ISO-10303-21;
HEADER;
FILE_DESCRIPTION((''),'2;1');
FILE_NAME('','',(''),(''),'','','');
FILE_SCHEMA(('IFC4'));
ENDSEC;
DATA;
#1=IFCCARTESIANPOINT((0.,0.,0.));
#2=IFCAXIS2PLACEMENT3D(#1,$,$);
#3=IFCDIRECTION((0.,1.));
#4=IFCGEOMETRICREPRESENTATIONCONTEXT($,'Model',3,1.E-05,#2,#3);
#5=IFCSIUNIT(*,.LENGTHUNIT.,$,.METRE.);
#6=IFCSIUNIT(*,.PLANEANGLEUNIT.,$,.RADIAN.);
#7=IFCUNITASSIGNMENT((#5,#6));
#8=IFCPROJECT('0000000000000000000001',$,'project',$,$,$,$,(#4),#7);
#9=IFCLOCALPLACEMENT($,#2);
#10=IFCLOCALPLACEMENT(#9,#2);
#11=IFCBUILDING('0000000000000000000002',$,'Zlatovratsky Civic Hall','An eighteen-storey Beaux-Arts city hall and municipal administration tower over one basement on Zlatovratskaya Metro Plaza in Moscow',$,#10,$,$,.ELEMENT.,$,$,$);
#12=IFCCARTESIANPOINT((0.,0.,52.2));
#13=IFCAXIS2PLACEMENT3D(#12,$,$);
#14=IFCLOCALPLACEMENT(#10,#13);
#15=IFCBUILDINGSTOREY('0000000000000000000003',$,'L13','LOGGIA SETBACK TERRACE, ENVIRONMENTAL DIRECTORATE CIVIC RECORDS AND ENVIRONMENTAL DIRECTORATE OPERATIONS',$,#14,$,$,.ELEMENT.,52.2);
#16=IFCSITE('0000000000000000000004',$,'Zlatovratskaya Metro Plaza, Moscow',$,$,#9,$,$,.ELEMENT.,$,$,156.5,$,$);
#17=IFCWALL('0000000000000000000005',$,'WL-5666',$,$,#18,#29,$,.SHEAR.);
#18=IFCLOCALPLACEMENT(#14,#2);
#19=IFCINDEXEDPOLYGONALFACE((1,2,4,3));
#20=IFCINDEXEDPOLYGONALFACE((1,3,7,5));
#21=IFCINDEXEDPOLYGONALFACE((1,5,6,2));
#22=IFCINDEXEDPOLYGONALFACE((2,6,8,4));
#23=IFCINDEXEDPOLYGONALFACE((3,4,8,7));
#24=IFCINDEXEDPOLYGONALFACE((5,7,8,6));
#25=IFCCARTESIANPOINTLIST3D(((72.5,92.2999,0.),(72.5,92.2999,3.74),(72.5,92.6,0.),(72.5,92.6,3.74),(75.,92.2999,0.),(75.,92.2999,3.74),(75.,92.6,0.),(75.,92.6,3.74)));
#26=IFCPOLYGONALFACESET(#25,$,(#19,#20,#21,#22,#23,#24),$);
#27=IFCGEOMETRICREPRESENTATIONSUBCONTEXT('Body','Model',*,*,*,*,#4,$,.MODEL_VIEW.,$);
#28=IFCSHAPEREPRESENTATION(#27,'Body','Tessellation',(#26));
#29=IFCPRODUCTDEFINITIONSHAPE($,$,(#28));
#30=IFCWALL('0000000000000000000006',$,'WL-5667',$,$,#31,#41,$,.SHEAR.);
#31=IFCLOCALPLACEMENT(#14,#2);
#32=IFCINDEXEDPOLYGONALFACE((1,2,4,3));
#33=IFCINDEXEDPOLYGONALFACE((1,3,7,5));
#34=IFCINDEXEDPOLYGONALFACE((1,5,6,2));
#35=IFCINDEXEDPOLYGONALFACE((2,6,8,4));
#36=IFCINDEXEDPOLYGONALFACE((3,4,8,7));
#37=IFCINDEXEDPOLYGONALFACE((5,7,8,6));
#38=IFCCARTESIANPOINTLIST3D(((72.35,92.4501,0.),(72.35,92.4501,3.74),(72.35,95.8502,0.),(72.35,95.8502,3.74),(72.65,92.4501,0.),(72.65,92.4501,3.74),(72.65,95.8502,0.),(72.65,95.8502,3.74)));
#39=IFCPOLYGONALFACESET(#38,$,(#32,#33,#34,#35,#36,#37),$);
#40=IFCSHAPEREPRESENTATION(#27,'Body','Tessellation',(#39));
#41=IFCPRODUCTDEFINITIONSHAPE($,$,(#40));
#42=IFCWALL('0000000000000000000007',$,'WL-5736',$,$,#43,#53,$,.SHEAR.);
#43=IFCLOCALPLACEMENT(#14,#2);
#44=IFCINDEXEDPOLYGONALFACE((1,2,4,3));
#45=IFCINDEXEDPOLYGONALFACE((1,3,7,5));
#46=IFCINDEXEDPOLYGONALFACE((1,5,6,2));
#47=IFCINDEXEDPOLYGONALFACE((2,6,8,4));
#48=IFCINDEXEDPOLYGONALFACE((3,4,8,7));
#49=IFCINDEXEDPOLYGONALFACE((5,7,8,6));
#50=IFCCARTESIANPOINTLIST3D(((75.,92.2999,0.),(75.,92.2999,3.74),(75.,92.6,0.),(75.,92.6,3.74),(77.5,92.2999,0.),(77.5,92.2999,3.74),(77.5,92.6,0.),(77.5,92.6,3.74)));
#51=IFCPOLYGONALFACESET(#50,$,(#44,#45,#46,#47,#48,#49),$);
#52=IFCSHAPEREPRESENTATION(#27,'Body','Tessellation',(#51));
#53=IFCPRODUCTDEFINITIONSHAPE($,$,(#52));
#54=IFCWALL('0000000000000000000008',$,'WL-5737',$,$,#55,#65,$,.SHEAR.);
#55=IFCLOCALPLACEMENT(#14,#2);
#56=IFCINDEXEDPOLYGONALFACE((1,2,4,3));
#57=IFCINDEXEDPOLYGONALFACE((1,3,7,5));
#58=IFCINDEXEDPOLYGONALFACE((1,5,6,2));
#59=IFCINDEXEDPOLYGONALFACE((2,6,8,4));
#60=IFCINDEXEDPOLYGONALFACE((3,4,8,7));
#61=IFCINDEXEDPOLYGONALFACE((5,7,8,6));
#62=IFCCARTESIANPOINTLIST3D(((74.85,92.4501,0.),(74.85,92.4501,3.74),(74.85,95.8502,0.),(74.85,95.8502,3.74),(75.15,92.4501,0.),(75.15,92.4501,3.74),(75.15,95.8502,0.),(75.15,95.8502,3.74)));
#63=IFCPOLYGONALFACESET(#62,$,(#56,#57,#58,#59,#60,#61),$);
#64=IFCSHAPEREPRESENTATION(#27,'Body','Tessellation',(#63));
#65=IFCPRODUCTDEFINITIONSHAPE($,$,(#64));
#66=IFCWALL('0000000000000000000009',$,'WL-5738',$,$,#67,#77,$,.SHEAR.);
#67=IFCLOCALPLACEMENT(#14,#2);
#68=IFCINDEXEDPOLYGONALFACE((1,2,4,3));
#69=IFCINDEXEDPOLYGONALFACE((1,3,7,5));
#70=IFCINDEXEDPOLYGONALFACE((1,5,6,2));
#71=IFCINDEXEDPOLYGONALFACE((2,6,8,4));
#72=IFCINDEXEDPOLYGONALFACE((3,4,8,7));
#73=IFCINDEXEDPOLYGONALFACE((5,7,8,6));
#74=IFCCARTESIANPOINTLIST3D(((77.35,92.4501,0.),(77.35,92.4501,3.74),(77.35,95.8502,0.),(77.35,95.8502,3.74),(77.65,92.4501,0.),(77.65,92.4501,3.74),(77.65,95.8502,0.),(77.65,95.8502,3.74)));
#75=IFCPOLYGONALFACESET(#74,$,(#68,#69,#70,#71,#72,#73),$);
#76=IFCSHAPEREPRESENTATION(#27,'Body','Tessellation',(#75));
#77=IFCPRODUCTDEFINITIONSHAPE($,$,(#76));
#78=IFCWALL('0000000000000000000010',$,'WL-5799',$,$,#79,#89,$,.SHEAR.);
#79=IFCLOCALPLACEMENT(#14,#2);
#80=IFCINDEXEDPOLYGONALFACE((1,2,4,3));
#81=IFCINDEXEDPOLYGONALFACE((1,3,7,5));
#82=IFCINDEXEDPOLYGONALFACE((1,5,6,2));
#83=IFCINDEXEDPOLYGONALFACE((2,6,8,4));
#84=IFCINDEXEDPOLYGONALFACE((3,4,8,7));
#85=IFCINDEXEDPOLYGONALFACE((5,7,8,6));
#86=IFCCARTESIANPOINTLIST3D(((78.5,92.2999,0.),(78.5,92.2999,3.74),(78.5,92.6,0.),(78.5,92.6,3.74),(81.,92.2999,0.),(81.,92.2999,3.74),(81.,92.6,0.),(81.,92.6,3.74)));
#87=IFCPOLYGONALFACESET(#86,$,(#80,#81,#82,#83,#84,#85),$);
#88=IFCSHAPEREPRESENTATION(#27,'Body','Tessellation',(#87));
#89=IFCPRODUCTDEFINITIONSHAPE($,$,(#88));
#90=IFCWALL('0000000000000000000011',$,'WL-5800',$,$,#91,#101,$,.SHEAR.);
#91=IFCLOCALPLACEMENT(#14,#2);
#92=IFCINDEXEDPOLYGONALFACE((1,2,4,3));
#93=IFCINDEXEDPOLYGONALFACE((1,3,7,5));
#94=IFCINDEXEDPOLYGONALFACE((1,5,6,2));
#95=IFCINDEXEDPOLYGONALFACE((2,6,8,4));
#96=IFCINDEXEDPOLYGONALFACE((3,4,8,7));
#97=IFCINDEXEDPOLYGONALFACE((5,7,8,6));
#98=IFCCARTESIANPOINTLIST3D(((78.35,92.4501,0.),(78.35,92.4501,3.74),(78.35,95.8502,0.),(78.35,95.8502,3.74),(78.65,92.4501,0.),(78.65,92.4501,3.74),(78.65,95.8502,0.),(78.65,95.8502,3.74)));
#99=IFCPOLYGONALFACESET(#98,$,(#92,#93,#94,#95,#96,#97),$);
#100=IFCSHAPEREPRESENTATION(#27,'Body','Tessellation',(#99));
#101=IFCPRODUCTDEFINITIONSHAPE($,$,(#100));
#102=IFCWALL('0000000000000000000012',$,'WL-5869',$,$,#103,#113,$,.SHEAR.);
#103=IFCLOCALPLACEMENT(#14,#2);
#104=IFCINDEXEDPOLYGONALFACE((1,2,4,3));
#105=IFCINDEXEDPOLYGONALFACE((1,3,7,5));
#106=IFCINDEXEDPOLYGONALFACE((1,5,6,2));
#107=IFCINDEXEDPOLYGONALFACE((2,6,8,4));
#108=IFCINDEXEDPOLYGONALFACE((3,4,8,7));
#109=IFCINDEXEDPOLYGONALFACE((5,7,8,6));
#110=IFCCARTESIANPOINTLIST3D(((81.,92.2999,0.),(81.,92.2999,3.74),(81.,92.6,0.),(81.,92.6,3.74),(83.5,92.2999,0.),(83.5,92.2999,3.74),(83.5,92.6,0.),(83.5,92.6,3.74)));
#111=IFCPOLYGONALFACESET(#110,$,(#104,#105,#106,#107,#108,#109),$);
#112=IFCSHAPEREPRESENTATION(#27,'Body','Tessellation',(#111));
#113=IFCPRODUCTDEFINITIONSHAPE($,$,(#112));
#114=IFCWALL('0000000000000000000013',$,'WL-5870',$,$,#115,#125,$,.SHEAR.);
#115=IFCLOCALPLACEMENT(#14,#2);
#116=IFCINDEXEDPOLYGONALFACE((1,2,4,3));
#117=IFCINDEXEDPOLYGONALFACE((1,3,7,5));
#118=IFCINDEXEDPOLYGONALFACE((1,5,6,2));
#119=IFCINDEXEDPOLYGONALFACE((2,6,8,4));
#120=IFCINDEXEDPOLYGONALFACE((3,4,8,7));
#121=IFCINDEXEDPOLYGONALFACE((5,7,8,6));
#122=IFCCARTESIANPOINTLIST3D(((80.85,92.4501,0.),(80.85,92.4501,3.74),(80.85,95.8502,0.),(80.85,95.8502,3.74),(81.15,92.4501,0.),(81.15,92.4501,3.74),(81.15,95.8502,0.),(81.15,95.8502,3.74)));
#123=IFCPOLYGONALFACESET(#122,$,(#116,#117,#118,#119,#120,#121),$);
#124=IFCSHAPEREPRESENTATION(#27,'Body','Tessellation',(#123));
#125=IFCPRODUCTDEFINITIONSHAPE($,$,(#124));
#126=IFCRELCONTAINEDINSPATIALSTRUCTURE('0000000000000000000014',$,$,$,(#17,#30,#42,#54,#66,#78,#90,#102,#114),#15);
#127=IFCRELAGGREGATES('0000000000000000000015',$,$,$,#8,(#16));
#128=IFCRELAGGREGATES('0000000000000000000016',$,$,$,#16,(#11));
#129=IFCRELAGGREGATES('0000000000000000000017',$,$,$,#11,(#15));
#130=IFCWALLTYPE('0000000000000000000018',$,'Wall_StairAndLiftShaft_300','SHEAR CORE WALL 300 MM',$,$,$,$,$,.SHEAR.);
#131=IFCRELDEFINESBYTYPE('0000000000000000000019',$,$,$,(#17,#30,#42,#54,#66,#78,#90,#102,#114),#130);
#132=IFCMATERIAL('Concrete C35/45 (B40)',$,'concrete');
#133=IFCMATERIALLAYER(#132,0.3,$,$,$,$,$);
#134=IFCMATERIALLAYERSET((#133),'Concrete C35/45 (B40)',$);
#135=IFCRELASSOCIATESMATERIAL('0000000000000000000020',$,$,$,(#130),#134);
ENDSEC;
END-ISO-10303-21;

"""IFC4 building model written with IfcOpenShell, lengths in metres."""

from ifc_helpers import new_model, si_unit, direction, frame, frame_2d, origin, place, context, subcontext, project, spatial, rectangle, extrude, material, layer, layer_set, type_object, element, save


model = new_model("IFC4")

# Units and contexts
model_context = context("Model", 3, precision=1e-05, world=origin(), true_north=direction((0.0, 1.0)))
body_context = subcontext(model_context, "Body", "Model", "MODEL_VIEW")
ifc_project = project(units=[si_unit("LENGTHUNIT", "METRE"), si_unit("PLANEANGLEUNIT", "RADIAN")], contexts=[model_context])

# Site, building, storey
site_placement = place(None, origin())
site = spatial("IfcSite", under=ifc_project, at=site_placement, Name="Zlatovratskaya Metro Plaza, Moscow", CompositionType="ELEMENT", RefElevation=156.5)
building_placement = place(site_placement, origin())
building = spatial("IfcBuilding", under=site, at=building_placement, Name="Zlatovratsky Civic Hall", Description="An eighteen-storey Beaux-Arts city hall and municipal administration tower over one basement on Zlatovratskaya Metro Plaza in Moscow", CompositionType="ELEMENT")
storey_placement = place(building_placement, frame((0.0, 0.0, 52.2)))
storey = spatial("IfcBuildingStorey", under=building, at=storey_placement, Name="L13", Description="LOGGIA SETBACK TERRACE, ENVIRONMENTAL DIRECTORATE CIVIC RECORDS AND ENVIRONMENTAL DIRECTORATE OPERATIONS", CompositionType="ELEMENT", Elevation=52.2)

# Shared definitions
ifc_material_1 = material(Name="Concrete C35/45 (B40)", Category="concrete")

# Shared definitions
ifc_layer_1 = layer(ifc_material_1, 0.3)
ifc_layer_set_1 = layer_set([ifc_layer_1], Name="Concrete C35/45 (B40)")
wall_type_1 = type_object("IfcWallType", Name="Wall_StairAndLiftShaft_300", Description="SHEAR CORE WALL 300 MM", PredefinedType="SHEAR", material=ifc_layer_set_1)

# Walls
wall_1_placement = place(storey_placement, frame((72.5, 92.45, 0.0), z_axis=(0.0, 0.0, 1.0), x_axis=(1.0, 0.0, 0.0)))
element("IfcWall", 1, at=wall_1_placement, inside=storey, type_object=wall_type_1, Name="WL-5666", PredefinedType="SHEAR", context=body_context, shape_type="SweptSolid", body=[
    extrude(rectangle(XDim=2.5, YDim=0.3, at=frame_2d((1.25, 0.0))), origin(), (0.0, 0.0, 1.0), 3.74),
])
wall_2_placement = place(storey_placement, frame((72.5, 92.45, 0.0), z_axis=(0.0, 0.0, 1.0), x_axis=(0.0, 1.0, 0.0)))
element("IfcWall", 2, at=wall_2_placement, inside=storey, type_object=wall_type_1, Name="WL-5667", PredefinedType="SHEAR", context=body_context, shape_type="SweptSolid", body=[
    extrude(rectangle(XDim=3.4001, YDim=0.3, at=frame_2d((1.7002, 0.0))), origin(), (0.0, 0.0, 1.0), 3.74),
])

# Walls
wall_3_placement = place(storey_placement, frame((75.0, 92.45, 0.0), z_axis=(0.0, 0.0, 1.0), x_axis=(1.0, 0.0, 0.0)))
element("IfcWall", 3, at=wall_3_placement, inside=storey, type_object=wall_type_1, Name="WL-5736", PredefinedType="SHEAR", context=body_context, shape_type="SweptSolid", body=[
    extrude(rectangle(XDim=2.5, YDim=0.3, at=frame_2d((1.25, 0.0))), origin(), (0.0, 0.0, 1.0), 3.74),
])
for number, where, z_axis, x_axis, name in (
    (4, (75.0, 92.45, 0.0), (0.0, 0.0, 1.0), (0.0, 1.0, 0.0), "WL-5737"),
    (5, (77.5, 92.45, 0.0), (0.0, 0.0, 1.0), (0.0, 1.0, 0.0), "WL-5738"),
):
    element("IfcWall", number, at=place(storey_placement, frame(where, z_axis=z_axis, x_axis=x_axis)), inside=storey, type_object=wall_type_1, Name=name, PredefinedType="SHEAR", context=body_context, shape_type="SweptSolid", body=[
        extrude(rectangle(XDim=3.4001, YDim=0.3, at=frame_2d((1.7002, 0.0))), origin(), (0.0, 0.0, 1.0), 3.74),
    ])

# Walls
wall_4_placement = place(storey_placement, frame((78.5, 92.45, 0.0), z_axis=(0.0, 0.0, 1.0), x_axis=(1.0, 0.0, 0.0)))
element("IfcWall", 6, at=wall_4_placement, inside=storey, type_object=wall_type_1, Name="WL-5799", PredefinedType="SHEAR", context=body_context, shape_type="SweptSolid", body=[
    extrude(rectangle(XDim=2.5, YDim=0.3, at=frame_2d((1.25, 0.0))), origin(), (0.0, 0.0, 1.0), 3.74),
])
wall_5_placement = place(storey_placement, frame((78.5, 92.45, 0.0), z_axis=(0.0, 0.0, 1.0), x_axis=(0.0, 1.0, 0.0)))
element("IfcWall", 7, at=wall_5_placement, inside=storey, type_object=wall_type_1, Name="WL-5800", PredefinedType="SHEAR", context=body_context, shape_type="SweptSolid", body=[
    extrude(rectangle(XDim=3.4001, YDim=0.3, at=frame_2d((1.7002, 0.0))), origin(), (0.0, 0.0, 1.0), 3.74),
])
wall_6_placement = place(storey_placement, frame((81.0, 92.45, 0.0), z_axis=(0.0, 0.0, 1.0), x_axis=(1.0, 0.0, 0.0)))
element("IfcWall", 8, at=wall_6_placement, inside=storey, type_object=wall_type_1, Name="WL-5869", PredefinedType="SHEAR", context=body_context, shape_type="SweptSolid", body=[
    extrude(rectangle(XDim=2.5, YDim=0.3, at=frame_2d((1.25, 0.0))), origin(), (0.0, 0.0, 1.0), 3.74),
])
wall_7_placement = place(storey_placement, frame((81.0, 92.45, 0.0), z_axis=(0.0, 0.0, 1.0), x_axis=(0.0, 1.0, 0.0)))
element("IfcWall", 9, at=wall_7_placement, inside=storey, type_object=wall_type_1, Name="WL-5870", PredefinedType="SHEAR", context=body_context, shape_type="SweptSolid", body=[
    extrude(rectangle(XDim=3.4001, YDim=0.3, at=frame_2d((1.7002, 0.0))), origin(), (0.0, 0.0, 1.0), 3.74),
])

save(model, "model.ifc")
